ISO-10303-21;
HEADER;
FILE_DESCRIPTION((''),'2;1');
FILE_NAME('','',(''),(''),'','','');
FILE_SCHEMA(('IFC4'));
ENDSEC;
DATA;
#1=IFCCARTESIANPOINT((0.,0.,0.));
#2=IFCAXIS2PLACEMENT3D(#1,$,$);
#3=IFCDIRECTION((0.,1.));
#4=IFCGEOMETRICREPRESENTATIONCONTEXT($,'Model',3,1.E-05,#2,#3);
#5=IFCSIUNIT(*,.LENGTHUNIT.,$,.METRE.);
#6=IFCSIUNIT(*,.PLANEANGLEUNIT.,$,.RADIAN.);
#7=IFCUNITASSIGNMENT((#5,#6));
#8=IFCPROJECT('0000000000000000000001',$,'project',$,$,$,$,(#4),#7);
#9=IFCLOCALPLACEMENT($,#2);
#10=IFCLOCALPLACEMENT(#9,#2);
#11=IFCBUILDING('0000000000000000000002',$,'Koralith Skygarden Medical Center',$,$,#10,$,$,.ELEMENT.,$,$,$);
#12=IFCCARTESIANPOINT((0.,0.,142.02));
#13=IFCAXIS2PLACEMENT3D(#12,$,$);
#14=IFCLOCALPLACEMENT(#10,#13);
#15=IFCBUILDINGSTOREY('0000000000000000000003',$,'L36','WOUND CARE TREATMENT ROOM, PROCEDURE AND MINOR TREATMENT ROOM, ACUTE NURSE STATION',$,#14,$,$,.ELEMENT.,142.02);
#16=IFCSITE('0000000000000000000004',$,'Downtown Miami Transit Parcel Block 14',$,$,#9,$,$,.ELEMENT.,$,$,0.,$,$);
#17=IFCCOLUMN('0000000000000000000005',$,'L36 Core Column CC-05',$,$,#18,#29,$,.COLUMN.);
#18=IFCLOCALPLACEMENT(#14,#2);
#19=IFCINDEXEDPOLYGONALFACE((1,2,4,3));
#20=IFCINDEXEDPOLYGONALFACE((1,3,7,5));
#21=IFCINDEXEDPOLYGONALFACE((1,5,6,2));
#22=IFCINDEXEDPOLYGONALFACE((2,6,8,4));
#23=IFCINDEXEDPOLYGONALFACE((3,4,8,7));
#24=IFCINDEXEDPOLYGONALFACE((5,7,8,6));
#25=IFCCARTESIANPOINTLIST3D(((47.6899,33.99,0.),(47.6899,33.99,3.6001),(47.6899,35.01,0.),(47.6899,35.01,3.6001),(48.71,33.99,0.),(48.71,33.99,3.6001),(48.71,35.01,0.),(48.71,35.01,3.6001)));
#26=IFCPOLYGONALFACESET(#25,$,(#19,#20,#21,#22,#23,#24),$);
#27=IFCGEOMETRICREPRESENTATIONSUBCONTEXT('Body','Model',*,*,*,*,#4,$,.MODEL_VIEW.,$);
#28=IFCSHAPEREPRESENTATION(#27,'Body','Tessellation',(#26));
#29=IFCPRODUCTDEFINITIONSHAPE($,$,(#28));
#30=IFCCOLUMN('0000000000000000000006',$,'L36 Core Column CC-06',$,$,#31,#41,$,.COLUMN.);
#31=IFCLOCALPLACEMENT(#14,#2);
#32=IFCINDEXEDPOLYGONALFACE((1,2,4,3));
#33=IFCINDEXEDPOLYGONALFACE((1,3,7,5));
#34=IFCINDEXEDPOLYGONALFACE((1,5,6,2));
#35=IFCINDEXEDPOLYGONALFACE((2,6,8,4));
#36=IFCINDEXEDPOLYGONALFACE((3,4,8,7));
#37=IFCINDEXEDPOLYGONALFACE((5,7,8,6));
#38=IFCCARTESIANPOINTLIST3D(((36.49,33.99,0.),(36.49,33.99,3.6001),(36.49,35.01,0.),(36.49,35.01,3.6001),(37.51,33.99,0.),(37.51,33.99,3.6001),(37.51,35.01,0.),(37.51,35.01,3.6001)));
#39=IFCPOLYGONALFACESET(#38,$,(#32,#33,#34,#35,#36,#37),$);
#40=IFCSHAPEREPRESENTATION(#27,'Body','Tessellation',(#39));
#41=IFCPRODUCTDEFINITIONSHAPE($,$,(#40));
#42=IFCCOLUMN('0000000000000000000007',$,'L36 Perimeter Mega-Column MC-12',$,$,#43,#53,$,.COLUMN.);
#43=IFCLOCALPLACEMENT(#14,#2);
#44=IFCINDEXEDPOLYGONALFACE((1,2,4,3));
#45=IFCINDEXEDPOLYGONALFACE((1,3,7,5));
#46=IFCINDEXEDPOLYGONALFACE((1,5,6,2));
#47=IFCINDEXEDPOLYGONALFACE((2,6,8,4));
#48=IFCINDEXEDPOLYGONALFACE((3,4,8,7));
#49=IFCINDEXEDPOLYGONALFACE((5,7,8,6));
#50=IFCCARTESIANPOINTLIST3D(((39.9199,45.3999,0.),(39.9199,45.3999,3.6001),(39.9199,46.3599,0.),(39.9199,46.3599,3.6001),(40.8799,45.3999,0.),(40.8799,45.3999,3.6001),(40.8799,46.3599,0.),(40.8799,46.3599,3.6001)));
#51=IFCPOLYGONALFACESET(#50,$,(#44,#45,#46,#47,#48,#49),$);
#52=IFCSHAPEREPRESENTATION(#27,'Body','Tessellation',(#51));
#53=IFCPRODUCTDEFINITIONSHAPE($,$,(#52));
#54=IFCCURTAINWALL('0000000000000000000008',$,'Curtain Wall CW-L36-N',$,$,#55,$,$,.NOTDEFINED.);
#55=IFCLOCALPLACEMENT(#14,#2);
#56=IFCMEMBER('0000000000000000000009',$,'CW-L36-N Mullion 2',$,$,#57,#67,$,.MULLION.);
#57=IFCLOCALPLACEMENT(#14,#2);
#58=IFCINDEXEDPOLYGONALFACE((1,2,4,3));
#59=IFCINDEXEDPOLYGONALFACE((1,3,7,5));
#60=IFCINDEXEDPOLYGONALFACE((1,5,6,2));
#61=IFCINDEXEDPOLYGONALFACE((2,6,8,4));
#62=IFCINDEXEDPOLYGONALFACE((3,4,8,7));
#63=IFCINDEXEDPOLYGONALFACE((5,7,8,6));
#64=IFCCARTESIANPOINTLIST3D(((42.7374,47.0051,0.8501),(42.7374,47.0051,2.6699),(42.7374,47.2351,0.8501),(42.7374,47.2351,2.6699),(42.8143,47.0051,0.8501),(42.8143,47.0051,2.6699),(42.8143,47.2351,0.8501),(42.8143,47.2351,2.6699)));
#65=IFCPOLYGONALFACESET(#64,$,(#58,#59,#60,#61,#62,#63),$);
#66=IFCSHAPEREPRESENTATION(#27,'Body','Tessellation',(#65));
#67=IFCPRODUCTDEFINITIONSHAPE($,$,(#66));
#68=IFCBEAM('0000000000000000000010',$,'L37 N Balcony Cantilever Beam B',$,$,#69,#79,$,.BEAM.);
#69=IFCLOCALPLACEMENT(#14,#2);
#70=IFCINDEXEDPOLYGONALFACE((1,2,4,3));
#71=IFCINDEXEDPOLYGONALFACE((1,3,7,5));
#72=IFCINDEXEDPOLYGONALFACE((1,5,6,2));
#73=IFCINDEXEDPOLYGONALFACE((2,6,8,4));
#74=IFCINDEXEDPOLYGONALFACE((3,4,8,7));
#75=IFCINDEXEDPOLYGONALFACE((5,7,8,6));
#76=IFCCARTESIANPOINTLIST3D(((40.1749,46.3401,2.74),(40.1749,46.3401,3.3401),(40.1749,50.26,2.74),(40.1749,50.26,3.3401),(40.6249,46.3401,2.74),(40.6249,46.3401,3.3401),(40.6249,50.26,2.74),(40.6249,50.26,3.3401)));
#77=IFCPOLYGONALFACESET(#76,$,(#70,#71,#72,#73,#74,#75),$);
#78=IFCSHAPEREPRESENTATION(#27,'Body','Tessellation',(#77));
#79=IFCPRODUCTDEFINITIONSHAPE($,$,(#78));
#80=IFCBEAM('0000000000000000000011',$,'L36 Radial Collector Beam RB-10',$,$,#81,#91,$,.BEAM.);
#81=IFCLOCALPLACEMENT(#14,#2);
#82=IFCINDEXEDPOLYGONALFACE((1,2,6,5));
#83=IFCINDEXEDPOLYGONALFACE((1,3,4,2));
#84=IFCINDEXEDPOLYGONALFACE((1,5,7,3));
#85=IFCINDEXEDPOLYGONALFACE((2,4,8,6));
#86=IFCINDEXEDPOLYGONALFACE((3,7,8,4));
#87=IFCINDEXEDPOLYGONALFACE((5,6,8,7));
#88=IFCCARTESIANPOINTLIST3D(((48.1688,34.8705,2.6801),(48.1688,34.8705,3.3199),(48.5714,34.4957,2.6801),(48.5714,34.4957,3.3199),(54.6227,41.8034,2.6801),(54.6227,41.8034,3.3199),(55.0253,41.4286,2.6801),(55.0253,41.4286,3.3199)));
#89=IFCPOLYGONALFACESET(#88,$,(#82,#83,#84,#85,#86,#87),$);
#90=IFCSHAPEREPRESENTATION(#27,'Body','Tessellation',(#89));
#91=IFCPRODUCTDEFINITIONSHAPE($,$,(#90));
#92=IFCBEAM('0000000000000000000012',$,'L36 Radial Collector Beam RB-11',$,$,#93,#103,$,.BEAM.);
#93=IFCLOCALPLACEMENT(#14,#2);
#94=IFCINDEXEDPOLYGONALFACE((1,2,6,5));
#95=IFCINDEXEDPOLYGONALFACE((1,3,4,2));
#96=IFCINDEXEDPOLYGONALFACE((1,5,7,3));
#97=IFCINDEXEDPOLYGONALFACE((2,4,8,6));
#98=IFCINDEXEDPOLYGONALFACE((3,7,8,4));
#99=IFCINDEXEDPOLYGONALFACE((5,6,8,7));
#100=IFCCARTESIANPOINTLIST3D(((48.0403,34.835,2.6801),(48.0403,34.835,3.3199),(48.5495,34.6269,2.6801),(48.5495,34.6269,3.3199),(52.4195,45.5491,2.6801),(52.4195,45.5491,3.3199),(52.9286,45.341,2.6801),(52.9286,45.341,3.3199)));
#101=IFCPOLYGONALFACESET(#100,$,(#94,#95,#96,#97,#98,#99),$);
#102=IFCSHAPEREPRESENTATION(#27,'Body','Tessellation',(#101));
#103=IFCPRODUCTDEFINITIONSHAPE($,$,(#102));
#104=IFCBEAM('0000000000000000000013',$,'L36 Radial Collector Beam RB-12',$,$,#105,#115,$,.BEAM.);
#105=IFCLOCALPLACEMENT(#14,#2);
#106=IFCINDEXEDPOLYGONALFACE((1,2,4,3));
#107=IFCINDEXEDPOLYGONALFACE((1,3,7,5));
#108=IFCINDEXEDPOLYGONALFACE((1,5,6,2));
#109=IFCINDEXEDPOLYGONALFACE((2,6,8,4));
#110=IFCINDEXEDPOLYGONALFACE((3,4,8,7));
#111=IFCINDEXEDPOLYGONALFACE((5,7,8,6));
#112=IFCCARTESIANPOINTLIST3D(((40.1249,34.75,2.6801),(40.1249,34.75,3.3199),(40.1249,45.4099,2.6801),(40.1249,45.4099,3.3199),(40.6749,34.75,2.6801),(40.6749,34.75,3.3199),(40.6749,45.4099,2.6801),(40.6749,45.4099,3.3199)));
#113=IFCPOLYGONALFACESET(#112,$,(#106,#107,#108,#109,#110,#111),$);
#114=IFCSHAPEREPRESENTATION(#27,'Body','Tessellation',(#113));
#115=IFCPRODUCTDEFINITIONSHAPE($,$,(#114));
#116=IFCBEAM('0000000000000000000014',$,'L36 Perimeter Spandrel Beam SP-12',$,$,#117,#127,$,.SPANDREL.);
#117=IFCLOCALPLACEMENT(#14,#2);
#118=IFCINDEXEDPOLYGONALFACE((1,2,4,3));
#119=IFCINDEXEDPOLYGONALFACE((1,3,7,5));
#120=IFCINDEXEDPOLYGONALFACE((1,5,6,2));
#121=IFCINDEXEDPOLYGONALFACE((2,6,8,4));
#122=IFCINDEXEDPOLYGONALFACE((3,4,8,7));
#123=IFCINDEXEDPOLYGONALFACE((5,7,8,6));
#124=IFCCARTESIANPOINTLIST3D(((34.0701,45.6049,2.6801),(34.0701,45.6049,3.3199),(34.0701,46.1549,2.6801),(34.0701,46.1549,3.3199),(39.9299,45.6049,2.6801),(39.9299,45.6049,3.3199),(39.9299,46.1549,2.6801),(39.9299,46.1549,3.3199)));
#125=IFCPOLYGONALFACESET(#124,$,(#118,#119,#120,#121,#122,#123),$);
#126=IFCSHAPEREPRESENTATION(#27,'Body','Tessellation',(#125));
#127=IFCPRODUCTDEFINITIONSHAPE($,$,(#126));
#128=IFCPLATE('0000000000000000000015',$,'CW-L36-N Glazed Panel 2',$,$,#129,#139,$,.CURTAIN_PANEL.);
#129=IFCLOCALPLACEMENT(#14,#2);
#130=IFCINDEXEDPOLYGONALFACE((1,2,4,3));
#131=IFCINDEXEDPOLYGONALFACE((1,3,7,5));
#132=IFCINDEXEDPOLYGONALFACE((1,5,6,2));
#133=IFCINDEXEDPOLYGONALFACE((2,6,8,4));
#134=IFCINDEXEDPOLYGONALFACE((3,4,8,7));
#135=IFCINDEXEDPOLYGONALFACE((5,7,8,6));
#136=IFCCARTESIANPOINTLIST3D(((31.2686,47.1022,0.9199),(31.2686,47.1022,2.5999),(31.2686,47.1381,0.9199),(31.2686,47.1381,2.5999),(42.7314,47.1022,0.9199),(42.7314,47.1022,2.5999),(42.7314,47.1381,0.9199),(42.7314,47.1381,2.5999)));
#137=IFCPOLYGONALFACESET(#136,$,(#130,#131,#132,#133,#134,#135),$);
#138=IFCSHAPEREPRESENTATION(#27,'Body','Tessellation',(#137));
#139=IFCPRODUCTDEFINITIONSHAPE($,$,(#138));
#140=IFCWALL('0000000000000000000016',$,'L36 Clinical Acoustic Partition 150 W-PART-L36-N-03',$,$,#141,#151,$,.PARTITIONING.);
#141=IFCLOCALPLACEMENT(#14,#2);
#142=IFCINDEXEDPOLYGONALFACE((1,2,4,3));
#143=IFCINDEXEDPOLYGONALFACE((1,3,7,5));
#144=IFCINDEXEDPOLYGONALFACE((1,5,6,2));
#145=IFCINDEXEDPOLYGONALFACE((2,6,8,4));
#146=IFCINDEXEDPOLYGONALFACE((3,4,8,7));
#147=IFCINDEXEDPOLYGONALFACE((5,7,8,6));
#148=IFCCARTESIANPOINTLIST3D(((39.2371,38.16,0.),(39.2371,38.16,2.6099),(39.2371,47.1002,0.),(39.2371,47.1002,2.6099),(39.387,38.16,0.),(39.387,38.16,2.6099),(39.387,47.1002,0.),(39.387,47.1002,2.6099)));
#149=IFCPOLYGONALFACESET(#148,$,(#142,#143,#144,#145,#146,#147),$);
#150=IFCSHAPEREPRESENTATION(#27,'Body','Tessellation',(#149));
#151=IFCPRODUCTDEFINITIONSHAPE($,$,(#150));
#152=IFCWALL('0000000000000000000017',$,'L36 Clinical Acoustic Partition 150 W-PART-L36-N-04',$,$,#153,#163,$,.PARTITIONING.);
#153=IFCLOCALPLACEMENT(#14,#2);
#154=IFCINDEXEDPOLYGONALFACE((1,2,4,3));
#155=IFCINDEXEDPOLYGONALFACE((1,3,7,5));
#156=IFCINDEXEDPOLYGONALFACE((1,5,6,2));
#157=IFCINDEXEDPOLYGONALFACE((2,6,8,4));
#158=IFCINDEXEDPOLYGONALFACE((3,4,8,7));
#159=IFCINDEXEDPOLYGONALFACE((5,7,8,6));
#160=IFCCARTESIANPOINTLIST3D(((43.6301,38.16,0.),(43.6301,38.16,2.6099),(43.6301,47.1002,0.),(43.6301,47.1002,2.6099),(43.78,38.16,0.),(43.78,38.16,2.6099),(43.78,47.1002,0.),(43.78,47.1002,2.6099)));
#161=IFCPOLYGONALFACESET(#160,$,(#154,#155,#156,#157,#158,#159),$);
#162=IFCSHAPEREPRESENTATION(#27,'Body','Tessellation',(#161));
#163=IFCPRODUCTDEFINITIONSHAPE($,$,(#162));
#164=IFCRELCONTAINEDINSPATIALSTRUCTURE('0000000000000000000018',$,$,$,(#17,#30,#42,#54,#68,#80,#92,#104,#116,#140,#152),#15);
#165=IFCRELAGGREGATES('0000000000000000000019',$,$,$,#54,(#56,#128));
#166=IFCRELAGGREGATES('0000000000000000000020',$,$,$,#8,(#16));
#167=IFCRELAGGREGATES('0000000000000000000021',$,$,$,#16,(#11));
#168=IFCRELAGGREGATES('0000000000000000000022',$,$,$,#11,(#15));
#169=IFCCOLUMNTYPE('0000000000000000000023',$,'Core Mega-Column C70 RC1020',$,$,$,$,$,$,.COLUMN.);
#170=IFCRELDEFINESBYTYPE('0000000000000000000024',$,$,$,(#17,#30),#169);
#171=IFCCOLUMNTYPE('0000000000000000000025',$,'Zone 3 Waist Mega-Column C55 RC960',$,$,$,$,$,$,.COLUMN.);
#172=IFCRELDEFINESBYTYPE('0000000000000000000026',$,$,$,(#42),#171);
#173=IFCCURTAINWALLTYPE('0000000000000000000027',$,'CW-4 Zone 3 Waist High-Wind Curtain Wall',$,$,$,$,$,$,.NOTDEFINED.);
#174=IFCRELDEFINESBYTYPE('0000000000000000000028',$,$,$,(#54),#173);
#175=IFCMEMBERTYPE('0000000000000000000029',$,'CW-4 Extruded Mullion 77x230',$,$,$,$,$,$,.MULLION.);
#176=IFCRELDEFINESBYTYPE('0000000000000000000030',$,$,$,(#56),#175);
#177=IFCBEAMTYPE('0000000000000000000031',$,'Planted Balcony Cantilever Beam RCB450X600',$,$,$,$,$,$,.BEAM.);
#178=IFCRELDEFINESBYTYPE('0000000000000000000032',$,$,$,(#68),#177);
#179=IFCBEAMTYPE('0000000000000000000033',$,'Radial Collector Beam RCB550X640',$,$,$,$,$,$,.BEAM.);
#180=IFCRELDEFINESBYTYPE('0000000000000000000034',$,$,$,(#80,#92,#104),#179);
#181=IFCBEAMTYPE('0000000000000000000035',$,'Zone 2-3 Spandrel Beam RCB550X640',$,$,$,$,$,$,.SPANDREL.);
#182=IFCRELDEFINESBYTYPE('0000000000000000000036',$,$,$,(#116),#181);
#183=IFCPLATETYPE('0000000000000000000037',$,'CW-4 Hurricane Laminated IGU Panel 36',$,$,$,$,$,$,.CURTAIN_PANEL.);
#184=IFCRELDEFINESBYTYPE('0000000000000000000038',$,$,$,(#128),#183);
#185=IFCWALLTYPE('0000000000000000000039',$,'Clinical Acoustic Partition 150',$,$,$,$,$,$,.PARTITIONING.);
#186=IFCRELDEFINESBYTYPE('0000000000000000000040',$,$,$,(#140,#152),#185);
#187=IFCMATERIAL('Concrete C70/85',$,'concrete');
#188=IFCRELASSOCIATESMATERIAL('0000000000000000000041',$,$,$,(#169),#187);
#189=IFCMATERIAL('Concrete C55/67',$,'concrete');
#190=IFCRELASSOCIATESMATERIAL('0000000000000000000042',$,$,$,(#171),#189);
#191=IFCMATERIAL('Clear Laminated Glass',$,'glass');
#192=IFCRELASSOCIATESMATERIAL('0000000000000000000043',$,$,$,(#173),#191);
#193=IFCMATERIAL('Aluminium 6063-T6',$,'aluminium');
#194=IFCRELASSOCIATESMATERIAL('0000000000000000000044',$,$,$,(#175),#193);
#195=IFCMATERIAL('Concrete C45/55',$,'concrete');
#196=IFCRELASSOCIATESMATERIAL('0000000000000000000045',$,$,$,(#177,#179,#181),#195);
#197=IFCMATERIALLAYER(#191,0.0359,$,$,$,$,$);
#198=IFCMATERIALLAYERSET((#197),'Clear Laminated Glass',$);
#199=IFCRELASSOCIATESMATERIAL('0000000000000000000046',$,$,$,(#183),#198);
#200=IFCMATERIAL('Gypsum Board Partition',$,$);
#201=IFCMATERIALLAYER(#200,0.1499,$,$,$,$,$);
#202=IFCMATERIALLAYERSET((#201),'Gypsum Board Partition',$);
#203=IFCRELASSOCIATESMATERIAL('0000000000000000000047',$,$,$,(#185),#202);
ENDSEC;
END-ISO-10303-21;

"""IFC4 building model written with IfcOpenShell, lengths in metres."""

from ifc_helpers import new_model, si_unit, direction, frame, frame_2d, origin, origin_2d, place, context, subcontext, project, spatial, rectangle, extrude, material, layer, layer_set, material_profile, profile_set, type_object, element, aggregate, save


model = new_model("IFC4")

# Units and contexts
model_context = context("Model", 3, precision=1e-05, world=origin(), true_north=direction((0.0, 1.0)))
body_context = subcontext(model_context, "Body", "Model", "MODEL_VIEW")
ifc_project = project(units=[si_unit("LENGTHUNIT", "METRE"), si_unit("PLANEANGLEUNIT", "RADIAN")], contexts=[model_context])

# Site, building, storey
site_placement = place(None, origin())
site = spatial("IfcSite", under=ifc_project, at=site_placement, Name="Downtown Miami Transit Parcel Block 14", CompositionType="ELEMENT", RefElevation=0.0)
building_placement = place(site_placement, origin())
building = spatial("IfcBuilding", under=site, at=building_placement, Name="Koralith Skygarden Medical Center", CompositionType="ELEMENT")
storey_placement = place(building_placement, frame((0.0, 0.0, 142.02)))
storey = spatial("IfcBuildingStorey", under=building, at=storey_placement, Name="L36", Description="WOUND CARE TREATMENT ROOM, PROCEDURE AND MINOR TREATMENT ROOM, ACUTE NURSE STATION", CompositionType="ELEMENT", Elevation=142.02)

# Columns
ifc_material_1 = material(Name="Concrete C70/85", Category="concrete")
ifc_material_profile_1 = material_profile(ifc_material_1, rectangle(XDim=1.02, YDim=1.02, at=origin_2d()), Name="RC1020X1020")
ifc_profile_set_1 = profile_set([ifc_material_profile_1], Name="Concrete C70/85")
column_type_1 = type_object("IfcColumnType", Name="Core Mega-Column C70 RC1020", PredefinedType="COLUMN", material=ifc_profile_set_1)
for number, where, z_axis, x_axis, name in (
    (1, (48.2, 34.5, 0.0), (0.0, 0.0, 1.0), (1.0, 0.0, 0.0), "L36 Core Column CC-05"),
    (2, (37.0, 34.5, 0.0), (0.0, 0.0, 1.0), (1.0, 0.0, 0.0), "L36 Core Column CC-06"),
):
    element("IfcColumn", number, at=place(storey_placement, frame(where, z_axis=z_axis, x_axis=x_axis)), inside=storey, type_object=column_type_1, Name=name, PredefinedType="COLUMN", context=body_context, shape_type="SweptSolid", body=[
        extrude(rectangle(XDim=1.02, YDim=1.02, at=origin_2d()), origin(), (0.0, 0.0, 1.0), 3.6001),
    ])
ifc_material_2 = material(Name="Concrete C55/67", Category="concrete")
ifc_material_profile_2 = material_profile(ifc_material_2, rectangle(XDim=0.96, YDim=0.96, at=origin_2d()), Name="RC960X960")
ifc_profile_set_2 = profile_set([ifc_material_profile_2], Name="Concrete C55/67")
column_type_2 = type_object("IfcColumnType", Name="Zone 3 Waist Mega-Column C55 RC960", PredefinedType="COLUMN", material=ifc_profile_set_2)
column_placement = place(storey_placement, frame((40.3999, 45.8799, 0.0), z_axis=(0.0, 0.0, 1.0), x_axis=(1.0, 0.0, 0.0)))
element("IfcColumn", 3, at=column_placement, inside=storey, type_object=column_type_2, Name="L36 Perimeter Mega-Column MC-12", PredefinedType="COLUMN", context=body_context, shape_type="SweptSolid", body=[
    extrude(rectangle(XDim=0.96, YDim=0.96, at=origin_2d()), origin(), (0.0, 0.0, 1.0), 3.6001),
])

# Curtain wall, member
ifc_material_3 = material(Name="Clear Laminated Glass", Category="glass")
curtain_wall_type = type_object("IfcCurtainWallType", Name="CW-4 Zone 3 Waist High-Wind Curtain Wall", PredefinedType="NOTDEFINED", material=ifc_material_3)
curtain_wall_placement = place(storey_placement, origin())
curtain_wall = element("IfcCurtainWall", 4, at=curtain_wall_placement, inside=storey, type_object=curtain_wall_type, Name="Curtain Wall CW-L36-N", PredefinedType="NOTDEFINED")
ifc_material_4 = material(Name="Aluminium 6063-T6", Category="aluminium")
ifc_material_profile_3 = material_profile(ifc_material_4, rectangle(XDim=0.0769, YDim=0.23, at=origin_2d()), Name="MUL77X230")
ifc_profile_set_3 = profile_set([ifc_material_profile_3], Name="Aluminium 6063-T6")
member_type = type_object("IfcMemberType", Name="CW-4 Extruded Mullion 77x230", PredefinedType="MULLION", material=ifc_profile_set_3)
member_placement = place(storey_placement, frame((42.7759, 47.1201, 0.8501), z_axis=(0.0, 0.0, 1.0), x_axis=(1.0, 0.0, 0.0)))
member = element("IfcMember", 5, at=member_placement, type_object=member_type, Name="CW-L36-N Mullion 2", PredefinedType="MULLION", context=body_context, shape_type="SweptSolid", body=[
    extrude(rectangle(XDim=0.0769, YDim=0.23, at=origin_2d()), origin(), (0.0, 0.0, 1.0), 1.8198),
])

# Beams
ifc_material_5 = material(Name="Concrete C45/55", Category="concrete")
ifc_material_profile_4 = material_profile(ifc_material_5, rectangle(XDim=0.45, YDim=0.6001, at=origin_2d()), Name="RCB450X600")
ifc_profile_set_4 = profile_set([ifc_material_profile_4], Name="Concrete C45/55")
beam_type_1 = type_object("IfcBeamType", Name="Planted Balcony Cantilever Beam RCB450X600", PredefinedType="BEAM", material=ifc_profile_set_4)
beam_1_placement = place(storey_placement, frame((40.3999, 46.3401, 3.04), z_axis=(0.0, 1.0, 0.0), x_axis=(-1.0, 0.0, 0.0)))
element("IfcBeam", 6, at=beam_1_placement, inside=storey, type_object=beam_type_1, Name="L37 N Balcony Cantilever Beam B", PredefinedType="BEAM", context=body_context, shape_type="SweptSolid", body=[
    extrude(rectangle(XDim=0.45, YDim=0.6001, at=origin_2d()), origin(), (0.0, 0.0, 1.0), 3.9199),
])
ifc_material_profile_5 = material_profile(ifc_material_5, rectangle(XDim=0.55, YDim=0.6399, at=origin_2d()), Name="RCB550X640")
ifc_profile_set_5 = profile_set([ifc_material_profile_5], Name="Concrete C45/55")
beam_type_2 = type_object("IfcBeamType", Name="Radial Collector Beam RCB550X640", PredefinedType="BEAM", material=ifc_profile_set_5)
beam_2_placement = place(storey_placement, frame((48.3701, 34.6831, 3.0), z_axis=(0.681369, 0.73194, 0.0), x_axis=(-0.73194, 0.681369, 0.0)))
element("IfcBeam", 7, at=beam_2_placement, inside=storey, type_object=beam_type_2, Name="L36 Radial Collector Beam RB-10", PredefinedType="BEAM", context=body_context, shape_type="SweptSolid", body=[
    extrude(rectangle(XDim=0.55, YDim=0.6399, at=origin_2d()), origin(), (0.0, 0.0, 1.0), 9.4719),
])
beam_3_placement = place(storey_placement, frame((48.2949, 34.731, 3.0), z_axis=(0.378345, 0.925665, 0.0), x_axis=(-0.925665, 0.378345, 0.0)))
element("IfcBeam", 8, at=beam_3_placement, inside=storey, type_object=beam_type_2, Name="L36 Radial Collector Beam RB-11", PredefinedType="BEAM", context=body_context, shape_type="SweptSolid", body=[
    extrude(rectangle(XDim=0.55, YDim=0.6399, at=origin_2d()), origin(), (0.0, 0.0, 1.0), 11.5745),
])
beam_4_placement = place(storey_placement, frame((40.3999, 34.75, 3.0), z_axis=(0.0, 1.0, 0.0), x_axis=(-1.0, 0.0, 0.0)))
element("IfcBeam", 9, at=beam_4_placement, inside=storey, type_object=beam_type_2, Name="L36 Radial Collector Beam RB-12", PredefinedType="BEAM", context=body_context, shape_type="SweptSolid", body=[
    extrude(rectangle(XDim=0.55, YDim=0.6399, at=origin_2d()), origin(), (0.0, 0.0, 1.0), 10.6599),
])
ifc_material_profile_6 = material_profile(ifc_material_5, rectangle(XDim=0.55, YDim=0.6399, at=origin_2d()), Name="RCB550X640")
ifc_profile_set_6 = profile_set([ifc_material_profile_6], Name="Concrete C45/55")
beam_type_3 = type_object("IfcBeamType", Name="Zone 2-3 Spandrel Beam RCB550X640", PredefinedType="SPANDREL", material=ifc_profile_set_6)
beam_5_placement = place(storey_placement, frame((39.9299, 45.8799, 3.0), z_axis=(-1.0, 0.0, 0.0), x_axis=(0.0, -1.0, 0.0)))
element("IfcBeam", 10, at=beam_5_placement, inside=storey, type_object=beam_type_3, Name="L36 Perimeter Spandrel Beam SP-12", PredefinedType="SPANDREL", context=body_context, shape_type="SweptSolid", body=[
    extrude(rectangle(XDim=0.55, YDim=0.6399, at=origin_2d()), origin(), (0.0, 0.0, 1.0), 5.8599),
])

# Plate
ifc_layer_1 = layer(ifc_material_3, 0.0359)
ifc_layer_set_1 = layer_set([ifc_layer_1], Name="Clear Laminated Glass")
plate_type = type_object("IfcPlateType", Name="CW-4 Hurricane Laminated IGU Panel 36", PredefinedType="CURTAIN_PANEL", material=ifc_layer_set_1)
plate_placement = place(storey_placement, frame((37.0, 47.1201, 0.9199), z_axis=(0.0, 0.0, 1.0), x_axis=(-1.0, 0.0, 0.0)))
plate = element("IfcPlate", 11, at=plate_placement, type_object=plate_type, Name="CW-L36-N Glazed Panel 2", PredefinedType="CURTAIN_PANEL", context=body_context, shape_type="SweptSolid", body=[
    extrude(rectangle(XDim=11.4629, YDim=0.0359, at=origin_2d()), origin(), (0.0, 0.0, 1.0), 1.6799),
])
aggregate(curtain_wall, [member, plate])

# Walls
ifc_material_6 = material(Name="Gypsum Board Partition")
ifc_layer_2 = layer(ifc_material_6, 0.1499)
ifc_layer_set_2 = layer_set([ifc_layer_2], Name="Gypsum Board Partition")
wall_type_1 = type_object("IfcWallType", Name="Clinical Acoustic Partition 150", PredefinedType="PARTITIONING", material=ifc_layer_set_2)
for number, where, z_axis, x_axis, name in (
    (12, (39.312, 38.1599, 0.0), (0.0, 0.0, 1.0), (0.0, 1.0, 0.0), "L36 Clinical Acoustic Partition 150 W-PART-L36-N-03"),
    (13, (43.7051, 38.1599, 0.0), (0.0, 0.0, 1.0), (0.0, 1.0, 0.0), "L36 Clinical Acoustic Partition 150 W-PART-L36-N-04"),
):
    element("IfcWall", number, at=place(storey_placement, frame(where, z_axis=z_axis, x_axis=x_axis)), inside=storey, type_object=wall_type_1, Name=name, PredefinedType="PARTITIONING", context=body_context, shape_type="SweptSolid", body=[
        extrude(rectangle(XDim=8.9402, YDim=0.1499, at=frame_2d((4.4702, 0.0))), origin(), (0.0, 0.0, 1.0), 2.6099),
    ])

save(model, "model.ifc")
